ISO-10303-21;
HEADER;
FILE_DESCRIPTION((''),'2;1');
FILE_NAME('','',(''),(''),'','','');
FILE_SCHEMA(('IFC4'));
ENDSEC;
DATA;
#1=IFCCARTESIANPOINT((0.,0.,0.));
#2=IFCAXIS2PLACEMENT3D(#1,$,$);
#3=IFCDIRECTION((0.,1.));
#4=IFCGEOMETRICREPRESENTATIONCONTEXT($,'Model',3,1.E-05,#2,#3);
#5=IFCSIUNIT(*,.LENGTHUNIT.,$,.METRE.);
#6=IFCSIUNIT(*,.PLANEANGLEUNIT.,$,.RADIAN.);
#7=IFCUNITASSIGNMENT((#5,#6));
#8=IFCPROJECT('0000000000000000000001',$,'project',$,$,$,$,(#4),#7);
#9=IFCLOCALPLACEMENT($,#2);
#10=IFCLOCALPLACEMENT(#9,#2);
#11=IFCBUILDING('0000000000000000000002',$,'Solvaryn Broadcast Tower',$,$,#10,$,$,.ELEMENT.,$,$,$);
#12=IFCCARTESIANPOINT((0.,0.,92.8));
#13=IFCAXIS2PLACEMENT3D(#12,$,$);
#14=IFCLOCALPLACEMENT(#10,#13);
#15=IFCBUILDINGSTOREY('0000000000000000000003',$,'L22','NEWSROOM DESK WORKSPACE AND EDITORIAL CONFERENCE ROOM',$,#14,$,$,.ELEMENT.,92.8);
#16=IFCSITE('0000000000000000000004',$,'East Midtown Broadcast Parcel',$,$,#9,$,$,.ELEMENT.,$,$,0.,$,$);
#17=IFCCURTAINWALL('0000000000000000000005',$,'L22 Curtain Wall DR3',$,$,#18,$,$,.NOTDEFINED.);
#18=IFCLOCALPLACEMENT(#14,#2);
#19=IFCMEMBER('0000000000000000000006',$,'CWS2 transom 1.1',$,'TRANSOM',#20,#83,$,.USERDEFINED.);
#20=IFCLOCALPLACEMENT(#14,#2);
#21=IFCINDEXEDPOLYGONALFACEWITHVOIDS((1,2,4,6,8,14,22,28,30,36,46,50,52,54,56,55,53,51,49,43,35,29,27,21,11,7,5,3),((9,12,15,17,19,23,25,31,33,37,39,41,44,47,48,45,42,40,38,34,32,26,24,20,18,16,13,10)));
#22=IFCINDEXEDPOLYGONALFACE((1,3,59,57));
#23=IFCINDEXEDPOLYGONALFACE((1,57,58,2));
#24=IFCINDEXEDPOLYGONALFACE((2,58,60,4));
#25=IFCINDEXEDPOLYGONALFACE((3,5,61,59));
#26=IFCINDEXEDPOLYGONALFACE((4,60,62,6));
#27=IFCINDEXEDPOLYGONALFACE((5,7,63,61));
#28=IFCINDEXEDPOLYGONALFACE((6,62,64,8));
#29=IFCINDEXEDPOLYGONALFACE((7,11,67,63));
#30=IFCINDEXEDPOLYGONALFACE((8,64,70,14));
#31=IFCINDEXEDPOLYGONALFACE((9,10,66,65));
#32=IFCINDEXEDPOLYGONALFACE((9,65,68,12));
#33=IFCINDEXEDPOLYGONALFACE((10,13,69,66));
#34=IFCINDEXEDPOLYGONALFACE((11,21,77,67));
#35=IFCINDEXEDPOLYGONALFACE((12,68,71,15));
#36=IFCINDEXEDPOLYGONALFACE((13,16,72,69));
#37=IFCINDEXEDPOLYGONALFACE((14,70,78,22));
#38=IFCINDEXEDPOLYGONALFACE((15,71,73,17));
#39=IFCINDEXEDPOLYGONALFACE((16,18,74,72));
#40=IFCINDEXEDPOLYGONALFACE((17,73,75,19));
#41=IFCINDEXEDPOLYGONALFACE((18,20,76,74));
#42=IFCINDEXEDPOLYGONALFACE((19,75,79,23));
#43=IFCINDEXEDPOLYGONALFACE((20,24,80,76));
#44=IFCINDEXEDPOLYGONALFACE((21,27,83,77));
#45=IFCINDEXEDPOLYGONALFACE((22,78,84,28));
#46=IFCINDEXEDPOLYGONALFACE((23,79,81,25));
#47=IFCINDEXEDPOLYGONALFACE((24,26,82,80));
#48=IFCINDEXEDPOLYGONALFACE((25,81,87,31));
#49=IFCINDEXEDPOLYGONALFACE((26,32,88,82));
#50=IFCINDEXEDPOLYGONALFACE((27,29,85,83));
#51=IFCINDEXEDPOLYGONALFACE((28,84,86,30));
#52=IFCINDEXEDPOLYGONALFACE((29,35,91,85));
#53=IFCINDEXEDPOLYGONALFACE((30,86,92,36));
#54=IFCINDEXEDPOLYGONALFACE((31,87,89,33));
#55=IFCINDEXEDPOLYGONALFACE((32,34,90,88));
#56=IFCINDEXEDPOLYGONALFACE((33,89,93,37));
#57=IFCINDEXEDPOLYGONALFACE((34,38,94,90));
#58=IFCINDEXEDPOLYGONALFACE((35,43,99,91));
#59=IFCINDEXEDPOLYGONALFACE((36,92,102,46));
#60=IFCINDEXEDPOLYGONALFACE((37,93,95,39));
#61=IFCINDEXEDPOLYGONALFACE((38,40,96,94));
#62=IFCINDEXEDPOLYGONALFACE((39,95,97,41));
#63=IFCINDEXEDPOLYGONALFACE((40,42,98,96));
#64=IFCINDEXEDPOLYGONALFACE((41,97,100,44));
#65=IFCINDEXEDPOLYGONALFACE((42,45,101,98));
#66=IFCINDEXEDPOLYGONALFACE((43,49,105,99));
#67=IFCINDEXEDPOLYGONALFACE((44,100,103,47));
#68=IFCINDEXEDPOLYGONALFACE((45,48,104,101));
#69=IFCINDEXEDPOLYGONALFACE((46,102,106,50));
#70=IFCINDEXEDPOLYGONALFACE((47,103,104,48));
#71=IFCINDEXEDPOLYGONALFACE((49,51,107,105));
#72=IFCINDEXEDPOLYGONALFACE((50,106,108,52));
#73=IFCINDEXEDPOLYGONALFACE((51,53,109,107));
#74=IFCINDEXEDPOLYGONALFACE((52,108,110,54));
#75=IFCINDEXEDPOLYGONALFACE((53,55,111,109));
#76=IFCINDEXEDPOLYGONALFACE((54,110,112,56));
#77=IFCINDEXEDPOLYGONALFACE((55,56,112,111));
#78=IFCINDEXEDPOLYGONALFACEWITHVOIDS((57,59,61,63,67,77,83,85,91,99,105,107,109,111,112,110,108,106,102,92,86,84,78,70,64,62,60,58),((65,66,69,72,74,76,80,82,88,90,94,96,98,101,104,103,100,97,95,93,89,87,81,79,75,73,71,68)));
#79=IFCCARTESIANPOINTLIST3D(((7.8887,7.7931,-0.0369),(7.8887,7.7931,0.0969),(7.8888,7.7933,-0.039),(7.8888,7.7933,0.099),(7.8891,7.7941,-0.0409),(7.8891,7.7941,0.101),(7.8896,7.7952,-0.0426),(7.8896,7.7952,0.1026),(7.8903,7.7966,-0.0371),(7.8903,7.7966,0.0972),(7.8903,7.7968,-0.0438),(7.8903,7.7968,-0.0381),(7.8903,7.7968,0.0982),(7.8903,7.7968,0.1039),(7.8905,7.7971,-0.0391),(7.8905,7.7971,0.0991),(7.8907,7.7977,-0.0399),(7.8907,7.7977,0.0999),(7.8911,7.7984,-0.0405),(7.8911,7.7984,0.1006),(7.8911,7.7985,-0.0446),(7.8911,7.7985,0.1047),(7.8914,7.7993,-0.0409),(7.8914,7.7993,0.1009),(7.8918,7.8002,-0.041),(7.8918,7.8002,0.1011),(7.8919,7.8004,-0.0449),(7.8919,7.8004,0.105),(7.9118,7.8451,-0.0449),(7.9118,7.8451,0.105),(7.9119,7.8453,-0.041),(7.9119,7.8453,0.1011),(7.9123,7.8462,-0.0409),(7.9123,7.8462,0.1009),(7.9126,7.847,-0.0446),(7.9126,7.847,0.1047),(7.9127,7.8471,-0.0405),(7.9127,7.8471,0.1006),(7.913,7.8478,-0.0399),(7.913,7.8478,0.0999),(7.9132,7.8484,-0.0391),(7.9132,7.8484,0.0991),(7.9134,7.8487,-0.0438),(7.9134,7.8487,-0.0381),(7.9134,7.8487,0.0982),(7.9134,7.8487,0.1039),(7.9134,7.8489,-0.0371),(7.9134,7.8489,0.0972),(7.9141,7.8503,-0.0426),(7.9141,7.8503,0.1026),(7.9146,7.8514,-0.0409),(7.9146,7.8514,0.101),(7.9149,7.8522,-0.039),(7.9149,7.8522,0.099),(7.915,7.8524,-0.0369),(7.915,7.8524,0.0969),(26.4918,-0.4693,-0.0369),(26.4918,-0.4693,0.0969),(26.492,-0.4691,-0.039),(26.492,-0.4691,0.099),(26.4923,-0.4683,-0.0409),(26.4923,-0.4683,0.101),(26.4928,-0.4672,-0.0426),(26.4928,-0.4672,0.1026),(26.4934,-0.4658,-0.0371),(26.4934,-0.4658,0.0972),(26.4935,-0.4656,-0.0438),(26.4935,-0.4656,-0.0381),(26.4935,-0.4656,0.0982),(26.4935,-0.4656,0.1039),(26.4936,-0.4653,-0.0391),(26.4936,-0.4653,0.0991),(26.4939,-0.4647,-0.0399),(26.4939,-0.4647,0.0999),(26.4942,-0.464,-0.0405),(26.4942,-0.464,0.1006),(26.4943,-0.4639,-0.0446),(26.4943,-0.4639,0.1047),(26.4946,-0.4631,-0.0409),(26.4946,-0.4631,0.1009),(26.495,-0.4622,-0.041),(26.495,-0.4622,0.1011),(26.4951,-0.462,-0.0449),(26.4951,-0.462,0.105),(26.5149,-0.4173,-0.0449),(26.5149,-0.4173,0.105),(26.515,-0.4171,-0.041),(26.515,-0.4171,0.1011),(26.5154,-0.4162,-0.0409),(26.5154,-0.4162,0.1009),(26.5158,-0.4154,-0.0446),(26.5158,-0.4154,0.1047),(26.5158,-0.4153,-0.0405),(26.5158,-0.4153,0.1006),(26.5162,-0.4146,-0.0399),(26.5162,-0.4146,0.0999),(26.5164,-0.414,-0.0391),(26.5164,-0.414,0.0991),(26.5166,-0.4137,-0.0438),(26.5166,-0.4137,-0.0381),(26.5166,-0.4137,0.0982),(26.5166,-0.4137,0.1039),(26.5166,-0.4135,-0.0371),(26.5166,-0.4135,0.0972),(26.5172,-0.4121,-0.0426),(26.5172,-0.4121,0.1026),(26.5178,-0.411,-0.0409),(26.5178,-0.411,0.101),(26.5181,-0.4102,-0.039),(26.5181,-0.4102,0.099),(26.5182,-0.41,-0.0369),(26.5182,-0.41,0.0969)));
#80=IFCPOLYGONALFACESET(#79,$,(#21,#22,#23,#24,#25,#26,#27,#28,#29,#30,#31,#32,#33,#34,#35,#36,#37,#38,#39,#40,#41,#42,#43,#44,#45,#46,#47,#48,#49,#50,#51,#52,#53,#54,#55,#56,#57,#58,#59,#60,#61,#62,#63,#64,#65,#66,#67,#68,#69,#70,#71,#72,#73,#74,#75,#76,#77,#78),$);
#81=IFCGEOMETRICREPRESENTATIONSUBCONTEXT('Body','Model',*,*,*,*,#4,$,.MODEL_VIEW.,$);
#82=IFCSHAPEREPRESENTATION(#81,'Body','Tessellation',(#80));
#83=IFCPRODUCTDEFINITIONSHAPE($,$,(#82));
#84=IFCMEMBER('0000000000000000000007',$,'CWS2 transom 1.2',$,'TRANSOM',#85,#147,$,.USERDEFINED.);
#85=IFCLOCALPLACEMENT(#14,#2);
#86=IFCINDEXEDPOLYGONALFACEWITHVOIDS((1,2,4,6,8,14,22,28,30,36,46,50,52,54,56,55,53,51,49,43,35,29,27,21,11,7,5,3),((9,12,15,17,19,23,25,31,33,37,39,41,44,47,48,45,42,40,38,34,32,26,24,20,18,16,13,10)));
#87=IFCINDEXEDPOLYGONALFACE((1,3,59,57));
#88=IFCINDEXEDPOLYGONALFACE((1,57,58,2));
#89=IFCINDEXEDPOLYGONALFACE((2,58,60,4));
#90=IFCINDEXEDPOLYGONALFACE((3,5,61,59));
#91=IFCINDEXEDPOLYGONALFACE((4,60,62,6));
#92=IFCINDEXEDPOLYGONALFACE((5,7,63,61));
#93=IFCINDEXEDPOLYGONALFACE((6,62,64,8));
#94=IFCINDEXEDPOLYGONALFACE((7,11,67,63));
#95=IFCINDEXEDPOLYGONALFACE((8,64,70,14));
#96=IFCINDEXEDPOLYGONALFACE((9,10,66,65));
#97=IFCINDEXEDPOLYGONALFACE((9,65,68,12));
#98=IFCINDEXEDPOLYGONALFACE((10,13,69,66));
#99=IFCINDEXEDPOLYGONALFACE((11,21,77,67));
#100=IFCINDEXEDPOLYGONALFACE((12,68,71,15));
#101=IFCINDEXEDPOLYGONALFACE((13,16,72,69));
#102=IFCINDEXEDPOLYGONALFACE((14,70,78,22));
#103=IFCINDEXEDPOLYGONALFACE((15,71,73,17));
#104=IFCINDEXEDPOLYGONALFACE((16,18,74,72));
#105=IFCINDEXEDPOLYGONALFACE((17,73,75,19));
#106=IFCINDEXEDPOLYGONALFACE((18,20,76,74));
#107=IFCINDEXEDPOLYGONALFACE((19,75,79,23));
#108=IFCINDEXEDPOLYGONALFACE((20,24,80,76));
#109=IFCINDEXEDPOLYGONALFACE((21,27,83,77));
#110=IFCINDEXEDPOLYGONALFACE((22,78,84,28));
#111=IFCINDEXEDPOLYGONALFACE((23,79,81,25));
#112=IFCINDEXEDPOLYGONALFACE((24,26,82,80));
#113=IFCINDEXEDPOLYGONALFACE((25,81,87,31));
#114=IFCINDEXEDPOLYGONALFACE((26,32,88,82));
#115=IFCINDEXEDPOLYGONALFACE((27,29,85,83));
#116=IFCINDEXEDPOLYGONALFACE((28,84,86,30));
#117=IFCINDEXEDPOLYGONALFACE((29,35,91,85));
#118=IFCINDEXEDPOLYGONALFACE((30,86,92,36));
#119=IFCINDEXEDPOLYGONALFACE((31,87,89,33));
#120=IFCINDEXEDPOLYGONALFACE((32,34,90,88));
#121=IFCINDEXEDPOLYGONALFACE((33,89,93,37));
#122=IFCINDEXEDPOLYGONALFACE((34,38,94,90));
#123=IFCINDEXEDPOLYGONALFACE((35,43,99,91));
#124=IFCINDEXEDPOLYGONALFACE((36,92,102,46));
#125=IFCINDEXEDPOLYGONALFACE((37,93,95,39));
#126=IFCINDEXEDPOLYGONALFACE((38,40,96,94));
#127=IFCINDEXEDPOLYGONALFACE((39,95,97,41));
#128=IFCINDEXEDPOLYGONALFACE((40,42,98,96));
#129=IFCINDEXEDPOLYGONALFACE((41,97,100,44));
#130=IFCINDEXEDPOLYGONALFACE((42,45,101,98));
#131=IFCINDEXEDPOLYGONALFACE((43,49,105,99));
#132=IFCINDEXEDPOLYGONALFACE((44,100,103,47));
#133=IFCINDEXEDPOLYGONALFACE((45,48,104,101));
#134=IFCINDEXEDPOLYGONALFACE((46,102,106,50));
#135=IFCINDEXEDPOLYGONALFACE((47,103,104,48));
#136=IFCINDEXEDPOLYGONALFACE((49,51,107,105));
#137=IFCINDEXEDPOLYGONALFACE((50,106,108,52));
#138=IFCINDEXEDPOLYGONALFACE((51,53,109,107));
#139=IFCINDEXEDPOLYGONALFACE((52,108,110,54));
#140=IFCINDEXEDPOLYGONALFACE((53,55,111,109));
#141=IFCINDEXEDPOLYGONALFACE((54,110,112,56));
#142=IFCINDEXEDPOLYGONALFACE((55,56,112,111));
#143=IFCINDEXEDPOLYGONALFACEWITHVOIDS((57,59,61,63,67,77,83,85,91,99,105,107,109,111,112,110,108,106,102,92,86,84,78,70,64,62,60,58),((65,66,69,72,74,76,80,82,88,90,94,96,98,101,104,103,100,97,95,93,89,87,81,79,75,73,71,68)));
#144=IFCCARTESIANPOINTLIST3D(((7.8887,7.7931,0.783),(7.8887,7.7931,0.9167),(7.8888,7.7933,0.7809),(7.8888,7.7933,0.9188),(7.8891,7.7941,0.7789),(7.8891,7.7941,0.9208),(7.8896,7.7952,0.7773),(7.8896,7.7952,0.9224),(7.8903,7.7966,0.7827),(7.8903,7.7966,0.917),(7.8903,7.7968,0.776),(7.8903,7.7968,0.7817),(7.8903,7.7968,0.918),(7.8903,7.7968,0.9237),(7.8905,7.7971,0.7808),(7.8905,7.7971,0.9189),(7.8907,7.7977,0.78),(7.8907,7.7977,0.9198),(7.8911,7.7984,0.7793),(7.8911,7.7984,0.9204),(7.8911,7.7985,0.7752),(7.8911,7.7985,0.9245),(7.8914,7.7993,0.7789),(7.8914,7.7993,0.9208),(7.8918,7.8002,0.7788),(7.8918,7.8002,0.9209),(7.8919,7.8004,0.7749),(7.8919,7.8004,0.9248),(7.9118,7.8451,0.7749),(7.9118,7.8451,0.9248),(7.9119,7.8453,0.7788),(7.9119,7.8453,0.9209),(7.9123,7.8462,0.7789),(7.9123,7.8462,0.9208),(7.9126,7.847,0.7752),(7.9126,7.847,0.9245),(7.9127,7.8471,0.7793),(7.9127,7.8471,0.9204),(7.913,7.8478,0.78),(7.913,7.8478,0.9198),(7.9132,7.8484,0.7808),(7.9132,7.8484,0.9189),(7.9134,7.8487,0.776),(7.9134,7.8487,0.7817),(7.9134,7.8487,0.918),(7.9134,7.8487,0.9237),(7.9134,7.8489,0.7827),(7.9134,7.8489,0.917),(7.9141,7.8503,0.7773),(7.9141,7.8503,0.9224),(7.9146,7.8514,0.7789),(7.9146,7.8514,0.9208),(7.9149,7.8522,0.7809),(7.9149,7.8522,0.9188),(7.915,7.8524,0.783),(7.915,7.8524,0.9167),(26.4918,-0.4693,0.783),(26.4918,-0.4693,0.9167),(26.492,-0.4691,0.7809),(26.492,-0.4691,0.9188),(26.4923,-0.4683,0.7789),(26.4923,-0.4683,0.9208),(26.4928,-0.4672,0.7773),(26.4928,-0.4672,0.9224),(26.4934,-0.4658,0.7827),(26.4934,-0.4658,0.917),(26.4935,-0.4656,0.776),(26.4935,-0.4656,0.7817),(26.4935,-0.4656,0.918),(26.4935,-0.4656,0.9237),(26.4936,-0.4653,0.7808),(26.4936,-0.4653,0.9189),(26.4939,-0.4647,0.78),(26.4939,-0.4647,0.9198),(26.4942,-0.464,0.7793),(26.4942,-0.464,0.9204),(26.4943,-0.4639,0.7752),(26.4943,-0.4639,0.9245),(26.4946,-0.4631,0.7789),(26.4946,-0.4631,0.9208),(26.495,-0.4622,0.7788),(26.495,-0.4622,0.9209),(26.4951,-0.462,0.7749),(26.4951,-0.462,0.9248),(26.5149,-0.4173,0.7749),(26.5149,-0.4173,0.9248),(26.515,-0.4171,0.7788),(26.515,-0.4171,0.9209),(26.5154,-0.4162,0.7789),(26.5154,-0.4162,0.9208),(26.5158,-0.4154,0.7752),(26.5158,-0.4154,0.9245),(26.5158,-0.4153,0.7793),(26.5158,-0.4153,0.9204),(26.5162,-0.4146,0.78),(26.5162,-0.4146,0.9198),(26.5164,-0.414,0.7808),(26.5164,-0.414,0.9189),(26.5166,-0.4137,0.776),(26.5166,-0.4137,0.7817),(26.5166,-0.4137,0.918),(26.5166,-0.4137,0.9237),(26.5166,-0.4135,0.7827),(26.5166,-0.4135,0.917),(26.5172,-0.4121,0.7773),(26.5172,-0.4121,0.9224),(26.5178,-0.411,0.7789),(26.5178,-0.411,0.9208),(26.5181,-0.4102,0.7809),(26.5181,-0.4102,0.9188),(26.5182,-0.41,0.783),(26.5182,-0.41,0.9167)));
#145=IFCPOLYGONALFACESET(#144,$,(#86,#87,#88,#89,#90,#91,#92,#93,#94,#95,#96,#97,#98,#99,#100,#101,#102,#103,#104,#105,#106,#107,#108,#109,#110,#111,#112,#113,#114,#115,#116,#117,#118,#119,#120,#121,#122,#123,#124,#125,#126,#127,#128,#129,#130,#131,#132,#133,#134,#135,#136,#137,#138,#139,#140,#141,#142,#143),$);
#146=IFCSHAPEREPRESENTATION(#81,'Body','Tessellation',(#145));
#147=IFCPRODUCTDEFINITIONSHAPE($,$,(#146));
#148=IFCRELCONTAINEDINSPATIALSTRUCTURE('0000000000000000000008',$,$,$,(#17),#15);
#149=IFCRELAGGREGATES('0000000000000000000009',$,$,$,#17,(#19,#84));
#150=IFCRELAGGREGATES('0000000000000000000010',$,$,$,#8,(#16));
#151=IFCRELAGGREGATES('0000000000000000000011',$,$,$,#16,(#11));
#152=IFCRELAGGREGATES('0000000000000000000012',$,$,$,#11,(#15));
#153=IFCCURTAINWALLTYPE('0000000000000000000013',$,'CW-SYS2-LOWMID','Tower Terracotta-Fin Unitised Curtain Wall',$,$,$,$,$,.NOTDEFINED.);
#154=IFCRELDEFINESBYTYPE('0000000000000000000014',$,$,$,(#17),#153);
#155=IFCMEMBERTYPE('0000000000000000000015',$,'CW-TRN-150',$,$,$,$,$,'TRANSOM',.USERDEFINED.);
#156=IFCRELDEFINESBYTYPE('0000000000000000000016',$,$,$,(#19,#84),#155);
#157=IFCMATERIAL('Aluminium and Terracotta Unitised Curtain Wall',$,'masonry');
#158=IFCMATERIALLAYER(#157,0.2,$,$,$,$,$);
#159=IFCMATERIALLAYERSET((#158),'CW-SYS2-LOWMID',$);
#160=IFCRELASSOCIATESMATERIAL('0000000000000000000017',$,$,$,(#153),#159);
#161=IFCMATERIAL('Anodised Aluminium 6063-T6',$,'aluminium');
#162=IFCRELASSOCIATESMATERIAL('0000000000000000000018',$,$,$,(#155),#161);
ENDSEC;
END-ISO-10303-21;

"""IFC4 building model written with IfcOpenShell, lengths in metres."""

from ifc_helpers import new_model, si_unit, direction, frame, origin, origin_2d, place, context, subcontext, project, spatial, hollow_rectangle, extrude, material, layer, layer_set, material_profile, profile_set, type_object, element, aggregate, save


model = new_model("IFC4")

# Units and contexts
model_context = context("Model", 3, precision=1e-05, world=origin(), true_north=direction((0.0, 1.0)))
body_context = subcontext(model_context, "Body", "Model", "MODEL_VIEW")
ifc_project = project(units=[si_unit("LENGTHUNIT", "METRE"), si_unit("PLANEANGLEUNIT", "RADIAN")], contexts=[model_context])

# Site, building, storey
site_placement = place(None, origin())
site = spatial("IfcSite", under=ifc_project, at=site_placement, Name="East Midtown Broadcast Parcel", CompositionType="ELEMENT", RefElevation=0.0)
building_placement = place(site_placement, origin())
building = spatial("IfcBuilding", under=site, at=building_placement, Name="Solvaryn Broadcast Tower", CompositionType="ELEMENT")
storey_placement = place(building_placement, frame((0.0, 0.0, 92.8)))
storey = spatial("IfcBuildingStorey", under=building, at=storey_placement, Name="L22", Description="NEWSROOM DESK WORKSPACE AND EDITORIAL CONFERENCE ROOM", CompositionType="ELEMENT", Elevation=92.8)

# Curtain wall, members
ifc_material_1 = material(Name="Aluminium and Terracotta Unitised Curtain Wall", Category="masonry")
ifc_layer_1 = layer(ifc_material_1, 0.2)
ifc_layer_set_1 = layer_set([ifc_layer_1], Name="CW-SYS2-LOWMID")
curtain_wall_type_1 = type_object("IfcCurtainWallType", Name="CW-SYS2-LOWMID", Description="Tower Terracotta-Fin Unitised Curtain Wall", PredefinedType="NOTDEFINED", material=ifc_layer_set_1)
curtain_wall_1_placement = place(storey_placement, origin())
curtain_wall_1 = element("IfcCurtainWall", 1, at=curtain_wall_1_placement, inside=storey, type_object=curtain_wall_type_1, Name="L22 Curtain Wall DR3", PredefinedType="NOTDEFINED")
ifc_material_2 = material(Name="Anodised Aluminium 6063-T6", Category="aluminium")
ifc_material_profile_1 = material_profile(ifc_material_2, hollow_rectangle(XDim=0.0649, YDim=0.1499, WallThickness=0.0039, InnerFilletRadius=0.0039, OuterFilletRadius=0.0081, at=origin_2d()))
ifc_profile_set_1 = profile_set([ifc_material_profile_1], Name="Anodised Aluminium 6063-T6")
member_type_1 = type_object("IfcMemberType", Name="CW-TRN-150", ElementType="TRANSOM", PredefinedType="USERDEFINED", material=ifc_profile_set_1)
member_1_placement = place(storey_placement, frame((7.9019, 7.8228, 0.03), z_axis=(0.913915, -0.405906, 0.0), x_axis=(0.405906, 0.913915, 0.0)))
member_1 = element("IfcMember", 2, at=member_1_placement, type_object=member_type_1, Name="CWS2 transom 1.1", ObjectType="TRANSOM", PredefinedType="USERDEFINED", context=body_context, shape_type="SweptSolid", body=[
    extrude(hollow_rectangle(XDim=0.0649, YDim=0.1499, WallThickness=0.0039, InnerFilletRadius=0.0039, OuterFilletRadius=0.0081, at=origin_2d()), origin(), (0.0, 0.0, 1.0), 20.3555),
])
member_2_placement = place(storey_placement, frame((7.9019, 7.8228, 0.8499), z_axis=(0.913915, -0.405906, 0.0), x_axis=(0.405906, 0.913915, 0.0)))
member_2 = element("IfcMember", 3, at=member_2_placement, type_object=member_type_1, Name="CWS2 transom 1.2", ObjectType="TRANSOM", PredefinedType="USERDEFINED", context=body_context, shape_type="SweptSolid", body=[
    extrude(hollow_rectangle(XDim=0.0649, YDim=0.1499, WallThickness=0.0039, InnerFilletRadius=0.0039, OuterFilletRadius=0.0081, at=origin_2d()), origin(), (0.0, 0.0, 1.0), 20.3555),
])
aggregate(curtain_wall_1, [member_1, member_2])

save(model, "model.ifc")
